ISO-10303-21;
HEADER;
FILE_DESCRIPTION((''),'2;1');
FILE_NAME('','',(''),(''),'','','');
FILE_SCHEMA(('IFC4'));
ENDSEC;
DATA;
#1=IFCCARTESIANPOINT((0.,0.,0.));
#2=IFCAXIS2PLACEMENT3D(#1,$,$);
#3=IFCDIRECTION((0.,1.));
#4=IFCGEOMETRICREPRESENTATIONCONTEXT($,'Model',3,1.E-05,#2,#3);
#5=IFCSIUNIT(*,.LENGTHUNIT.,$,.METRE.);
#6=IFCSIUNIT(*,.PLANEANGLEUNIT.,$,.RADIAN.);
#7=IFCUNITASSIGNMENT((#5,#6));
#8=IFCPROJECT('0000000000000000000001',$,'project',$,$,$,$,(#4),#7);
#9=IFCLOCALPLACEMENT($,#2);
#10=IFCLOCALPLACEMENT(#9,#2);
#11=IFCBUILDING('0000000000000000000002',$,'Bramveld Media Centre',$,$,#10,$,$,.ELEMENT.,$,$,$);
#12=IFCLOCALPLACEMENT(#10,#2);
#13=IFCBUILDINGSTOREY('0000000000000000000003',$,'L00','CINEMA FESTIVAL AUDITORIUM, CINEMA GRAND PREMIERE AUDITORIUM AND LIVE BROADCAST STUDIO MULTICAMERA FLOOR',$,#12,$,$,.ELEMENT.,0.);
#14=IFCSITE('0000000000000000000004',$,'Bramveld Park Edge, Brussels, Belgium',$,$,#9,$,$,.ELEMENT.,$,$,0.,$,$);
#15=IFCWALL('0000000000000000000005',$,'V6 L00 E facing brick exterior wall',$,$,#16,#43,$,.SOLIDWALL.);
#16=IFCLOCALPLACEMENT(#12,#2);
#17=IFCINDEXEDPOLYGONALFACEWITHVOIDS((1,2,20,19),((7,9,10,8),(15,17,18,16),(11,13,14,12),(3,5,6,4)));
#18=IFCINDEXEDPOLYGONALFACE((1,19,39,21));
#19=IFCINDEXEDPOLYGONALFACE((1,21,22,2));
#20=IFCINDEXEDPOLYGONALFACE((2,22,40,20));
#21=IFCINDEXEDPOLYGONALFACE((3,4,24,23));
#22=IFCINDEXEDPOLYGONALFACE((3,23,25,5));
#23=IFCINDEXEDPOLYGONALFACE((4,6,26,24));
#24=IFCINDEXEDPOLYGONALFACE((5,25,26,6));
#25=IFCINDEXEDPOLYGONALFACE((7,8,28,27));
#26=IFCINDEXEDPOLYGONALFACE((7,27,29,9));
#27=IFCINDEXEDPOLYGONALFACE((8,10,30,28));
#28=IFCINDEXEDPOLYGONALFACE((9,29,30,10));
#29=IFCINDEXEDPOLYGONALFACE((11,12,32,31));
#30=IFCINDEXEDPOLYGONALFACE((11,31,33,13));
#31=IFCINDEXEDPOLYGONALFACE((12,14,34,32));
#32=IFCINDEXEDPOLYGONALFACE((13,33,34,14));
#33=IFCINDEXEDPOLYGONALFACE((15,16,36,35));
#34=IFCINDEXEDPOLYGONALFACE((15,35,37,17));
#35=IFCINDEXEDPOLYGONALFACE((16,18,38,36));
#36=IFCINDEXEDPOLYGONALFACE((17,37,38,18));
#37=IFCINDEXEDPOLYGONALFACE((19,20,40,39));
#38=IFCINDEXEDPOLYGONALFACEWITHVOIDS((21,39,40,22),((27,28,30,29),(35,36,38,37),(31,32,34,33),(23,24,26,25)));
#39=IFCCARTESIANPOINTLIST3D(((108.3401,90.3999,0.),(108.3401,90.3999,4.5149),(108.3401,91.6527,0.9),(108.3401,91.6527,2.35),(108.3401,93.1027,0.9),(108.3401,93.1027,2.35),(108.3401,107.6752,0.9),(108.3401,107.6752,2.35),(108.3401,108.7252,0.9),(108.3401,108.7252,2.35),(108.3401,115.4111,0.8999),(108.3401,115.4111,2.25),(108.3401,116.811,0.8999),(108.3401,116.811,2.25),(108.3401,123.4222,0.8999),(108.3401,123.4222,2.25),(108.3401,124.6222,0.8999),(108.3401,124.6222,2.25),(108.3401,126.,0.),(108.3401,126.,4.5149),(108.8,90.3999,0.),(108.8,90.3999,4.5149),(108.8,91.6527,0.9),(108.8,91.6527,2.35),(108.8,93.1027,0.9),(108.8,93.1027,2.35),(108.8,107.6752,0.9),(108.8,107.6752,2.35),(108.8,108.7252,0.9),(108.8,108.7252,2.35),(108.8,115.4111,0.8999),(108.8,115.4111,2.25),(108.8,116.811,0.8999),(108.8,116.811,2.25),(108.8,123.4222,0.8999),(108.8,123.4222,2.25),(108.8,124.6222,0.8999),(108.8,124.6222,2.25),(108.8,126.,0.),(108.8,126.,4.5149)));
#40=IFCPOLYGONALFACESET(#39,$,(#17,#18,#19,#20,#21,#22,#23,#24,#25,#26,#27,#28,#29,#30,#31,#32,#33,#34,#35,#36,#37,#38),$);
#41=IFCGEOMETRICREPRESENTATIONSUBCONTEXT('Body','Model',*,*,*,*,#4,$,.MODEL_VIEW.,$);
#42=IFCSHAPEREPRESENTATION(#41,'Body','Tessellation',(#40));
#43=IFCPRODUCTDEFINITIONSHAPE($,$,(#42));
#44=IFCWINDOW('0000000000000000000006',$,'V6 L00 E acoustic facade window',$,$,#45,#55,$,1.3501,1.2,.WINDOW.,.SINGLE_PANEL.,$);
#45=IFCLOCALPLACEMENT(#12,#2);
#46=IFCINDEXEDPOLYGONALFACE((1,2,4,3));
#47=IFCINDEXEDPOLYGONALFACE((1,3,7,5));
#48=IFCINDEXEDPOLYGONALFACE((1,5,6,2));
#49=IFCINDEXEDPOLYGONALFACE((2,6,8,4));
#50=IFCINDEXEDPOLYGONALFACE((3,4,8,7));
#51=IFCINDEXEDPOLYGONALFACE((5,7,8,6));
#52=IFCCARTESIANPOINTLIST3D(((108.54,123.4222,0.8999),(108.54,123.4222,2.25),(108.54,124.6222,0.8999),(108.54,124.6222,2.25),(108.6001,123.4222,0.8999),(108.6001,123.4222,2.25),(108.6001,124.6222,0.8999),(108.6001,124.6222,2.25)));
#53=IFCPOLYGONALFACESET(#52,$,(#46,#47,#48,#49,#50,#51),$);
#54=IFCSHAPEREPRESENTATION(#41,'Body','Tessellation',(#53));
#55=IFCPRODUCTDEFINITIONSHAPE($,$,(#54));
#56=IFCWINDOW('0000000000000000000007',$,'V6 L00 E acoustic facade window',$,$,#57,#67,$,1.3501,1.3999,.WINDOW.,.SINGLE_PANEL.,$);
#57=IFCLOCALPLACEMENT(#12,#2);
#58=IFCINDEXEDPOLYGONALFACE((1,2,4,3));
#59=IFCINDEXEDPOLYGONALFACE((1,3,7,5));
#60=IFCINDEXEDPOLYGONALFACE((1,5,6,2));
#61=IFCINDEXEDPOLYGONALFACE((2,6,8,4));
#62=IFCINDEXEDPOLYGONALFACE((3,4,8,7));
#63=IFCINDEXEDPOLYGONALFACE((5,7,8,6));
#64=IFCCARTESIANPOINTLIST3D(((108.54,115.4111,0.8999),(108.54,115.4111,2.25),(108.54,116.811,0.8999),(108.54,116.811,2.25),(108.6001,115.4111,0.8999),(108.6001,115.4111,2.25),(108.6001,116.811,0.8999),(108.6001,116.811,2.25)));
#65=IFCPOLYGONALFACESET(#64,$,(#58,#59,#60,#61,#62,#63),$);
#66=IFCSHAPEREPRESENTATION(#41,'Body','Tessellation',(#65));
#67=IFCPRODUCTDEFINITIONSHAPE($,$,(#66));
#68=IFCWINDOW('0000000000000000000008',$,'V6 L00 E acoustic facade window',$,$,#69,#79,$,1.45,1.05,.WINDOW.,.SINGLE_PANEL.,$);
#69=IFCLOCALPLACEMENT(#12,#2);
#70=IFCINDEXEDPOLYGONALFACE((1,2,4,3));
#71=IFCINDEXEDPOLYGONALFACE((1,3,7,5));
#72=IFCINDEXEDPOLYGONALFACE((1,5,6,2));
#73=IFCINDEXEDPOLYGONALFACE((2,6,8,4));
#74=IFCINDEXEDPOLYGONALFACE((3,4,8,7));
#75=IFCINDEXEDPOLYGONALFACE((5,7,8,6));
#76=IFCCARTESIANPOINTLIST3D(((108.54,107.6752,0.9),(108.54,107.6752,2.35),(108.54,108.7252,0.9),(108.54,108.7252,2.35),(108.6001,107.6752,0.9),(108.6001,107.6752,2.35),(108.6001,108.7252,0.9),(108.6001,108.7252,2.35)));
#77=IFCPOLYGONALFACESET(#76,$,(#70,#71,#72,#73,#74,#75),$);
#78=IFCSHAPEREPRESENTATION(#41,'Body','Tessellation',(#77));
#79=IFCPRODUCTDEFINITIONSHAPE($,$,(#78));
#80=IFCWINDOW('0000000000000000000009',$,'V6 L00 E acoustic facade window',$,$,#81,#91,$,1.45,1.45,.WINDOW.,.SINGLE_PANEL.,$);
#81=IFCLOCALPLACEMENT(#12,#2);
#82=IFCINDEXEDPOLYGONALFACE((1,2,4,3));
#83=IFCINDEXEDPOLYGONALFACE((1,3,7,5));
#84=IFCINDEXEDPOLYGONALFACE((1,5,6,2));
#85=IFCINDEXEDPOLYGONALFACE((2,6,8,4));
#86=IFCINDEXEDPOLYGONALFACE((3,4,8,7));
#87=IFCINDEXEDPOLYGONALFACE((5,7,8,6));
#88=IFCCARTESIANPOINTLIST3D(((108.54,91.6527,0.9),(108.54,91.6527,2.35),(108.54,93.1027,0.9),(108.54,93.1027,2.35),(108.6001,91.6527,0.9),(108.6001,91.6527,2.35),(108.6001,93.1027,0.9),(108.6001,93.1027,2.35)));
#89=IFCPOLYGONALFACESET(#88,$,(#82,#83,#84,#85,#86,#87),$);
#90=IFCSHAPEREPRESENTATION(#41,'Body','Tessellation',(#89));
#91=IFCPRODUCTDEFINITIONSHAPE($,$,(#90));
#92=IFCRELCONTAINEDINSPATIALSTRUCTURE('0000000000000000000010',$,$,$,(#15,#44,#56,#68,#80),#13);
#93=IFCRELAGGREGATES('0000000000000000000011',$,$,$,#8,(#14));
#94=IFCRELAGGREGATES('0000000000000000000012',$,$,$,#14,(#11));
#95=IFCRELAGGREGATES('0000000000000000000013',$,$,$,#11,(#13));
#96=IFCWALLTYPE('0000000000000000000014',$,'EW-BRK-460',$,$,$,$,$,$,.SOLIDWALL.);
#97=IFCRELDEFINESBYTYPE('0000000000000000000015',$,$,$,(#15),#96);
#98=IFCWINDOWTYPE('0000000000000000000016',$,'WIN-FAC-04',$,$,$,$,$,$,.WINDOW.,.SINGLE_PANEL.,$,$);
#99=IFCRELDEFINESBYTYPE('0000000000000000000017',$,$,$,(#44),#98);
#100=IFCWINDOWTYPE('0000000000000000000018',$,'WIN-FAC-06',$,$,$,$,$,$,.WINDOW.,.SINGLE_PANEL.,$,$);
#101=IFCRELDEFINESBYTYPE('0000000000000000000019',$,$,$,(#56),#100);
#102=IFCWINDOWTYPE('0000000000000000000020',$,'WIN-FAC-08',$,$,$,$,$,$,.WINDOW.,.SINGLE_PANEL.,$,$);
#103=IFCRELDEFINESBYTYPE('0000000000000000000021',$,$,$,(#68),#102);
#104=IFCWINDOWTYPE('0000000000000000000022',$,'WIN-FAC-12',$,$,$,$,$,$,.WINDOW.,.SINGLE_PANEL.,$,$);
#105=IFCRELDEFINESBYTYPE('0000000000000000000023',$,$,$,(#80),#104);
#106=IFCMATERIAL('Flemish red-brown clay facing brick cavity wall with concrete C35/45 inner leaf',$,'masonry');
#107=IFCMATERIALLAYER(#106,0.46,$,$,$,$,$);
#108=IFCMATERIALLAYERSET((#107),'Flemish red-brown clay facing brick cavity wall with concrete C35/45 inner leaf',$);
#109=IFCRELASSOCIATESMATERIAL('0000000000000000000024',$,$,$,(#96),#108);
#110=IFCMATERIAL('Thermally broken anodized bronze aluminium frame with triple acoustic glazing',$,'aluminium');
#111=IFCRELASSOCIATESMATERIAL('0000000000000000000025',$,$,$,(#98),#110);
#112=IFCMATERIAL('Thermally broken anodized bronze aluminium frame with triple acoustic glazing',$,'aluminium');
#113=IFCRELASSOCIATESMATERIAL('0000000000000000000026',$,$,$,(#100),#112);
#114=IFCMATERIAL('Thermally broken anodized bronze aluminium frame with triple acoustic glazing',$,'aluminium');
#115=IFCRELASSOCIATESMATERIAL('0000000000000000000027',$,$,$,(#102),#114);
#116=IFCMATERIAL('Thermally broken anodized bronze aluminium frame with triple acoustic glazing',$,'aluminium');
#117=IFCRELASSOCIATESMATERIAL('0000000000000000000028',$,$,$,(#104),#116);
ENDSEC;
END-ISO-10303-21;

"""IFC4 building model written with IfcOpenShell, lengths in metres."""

from ifc_helpers import new_model, si_unit, direction, frame, frame_2d, origin, place, context, subcontext, project, spatial, rectangle, extrude, material, layer, layer_set, type_object, element, fill, save


model = new_model("IFC4")

# Units and contexts
model_context = context("Model", 3, precision=1e-05, world=origin(), true_north=direction((0.0, 1.0)))
body_context = subcontext(model_context, "Body", "Model", "MODEL_VIEW")
ifc_project = project(units=[si_unit("LENGTHUNIT", "METRE"), si_unit("PLANEANGLEUNIT", "RADIAN")], contexts=[model_context])

# Site, building, storey
site_placement = place(None, origin())
site = spatial("IfcSite", under=ifc_project, at=site_placement, Name="Bramveld Park Edge, Brussels, Belgium", CompositionType="ELEMENT", RefElevation=0.0)
building_placement = place(site_placement, origin())
building = spatial("IfcBuilding", under=site, at=building_placement, Name="Bramveld Media Centre", CompositionType="ELEMENT")
storey_placement = place(building_placement, origin())
storey = spatial("IfcBuildingStorey", under=building, at=storey_placement, Name="L00", Description="CINEMA FESTIVAL AUDITORIUM, CINEMA GRAND PREMIERE AUDITORIUM AND LIVE BROADCAST STUDIO MULTICAMERA FLOOR", CompositionType="ELEMENT", Elevation=0.0)

# Wall, openings, windows
ifc_material_1 = material(Name="Flemish red-brown clay facing brick cavity wall with concrete C35/45 inner leaf", Category="masonry")
ifc_layer = layer(ifc_material_1, 0.46)
ifc_layer_set = layer_set([ifc_layer], Name="Flemish red-brown clay facing brick cavity wall with concrete C35/45 inner leaf")
wall_type = type_object("IfcWallType", Name="EW-BRK-460", PredefinedType="SOLIDWALL", material=ifc_layer_set)
wall_placement = place(storey_placement, frame((108.5701, 126.0, 0.0), z_axis=(0.0, 0.0, 1.0), x_axis=(0.0, -1.0, 0.0)))
wall = element("IfcWall", 1, at=wall_placement, inside=storey, type_object=wall_type, Name="V6 L00 E facing brick exterior wall", PredefinedType="SOLIDWALL", context=body_context, shape_type="SweptSolid", body=[
    extrude(rectangle(XDim=35.6001, YDim=0.46, at=frame_2d((17.8, 0.0))), origin(), (0.0, 0.0, 1.0), 4.5149),
])
opening_1_placement = place(wall_placement, frame((1.3777, 0.0, 0.8999)))
opening_1 = element("IfcOpeningElement", 2, at=opening_1_placement, cuts=wall, PredefinedType="OPENING", context=body_context, shape_type="SweptSolid", body=[
    extrude(rectangle(XDim=1.2, YDim=1.3501, at=frame_2d((0.6001, 0.675))), frame((0.0, 0.2419, 0.0), z_axis=(0.0, -1.0, 0.0), x_axis=(1.0, 0.0, 0.0)), (0.0, 0.0, 1.0), 0.4839),
])
opening_2_placement = place(wall_placement, frame((9.189, 0.0, 0.8999)))
opening_2 = element("IfcOpeningElement", 3, at=opening_2_placement, cuts=wall, PredefinedType="OPENING", context=body_context, shape_type="SweptSolid", body=[
    extrude(rectangle(XDim=1.3999, YDim=1.3501, at=frame_2d((0.7, 0.675))), frame((0.0, 0.2419, 0.0), z_axis=(0.0, -1.0, 0.0), x_axis=(1.0, 0.0, 0.0)), (0.0, 0.0, 1.0), 0.4839),
])
opening_3_placement = place(wall_placement, frame((17.2749, 0.0, 0.8999)))
opening_3 = element("IfcOpeningElement", 4, at=opening_3_placement, cuts=wall, PredefinedType="OPENING", context=body_context, shape_type="SweptSolid", body=[
    extrude(rectangle(XDim=1.05, YDim=1.45, at=frame_2d((0.5249, 0.7251))), frame((0.0, 0.2419, 0.0), z_axis=(0.0, -1.0, 0.0), x_axis=(1.0, 0.0, 0.0)), (0.0, 0.0, 1.0), 0.4839),
])
opening_4_placement = place(wall_placement, frame((32.8972, 0.0, 0.8999)))
opening_4 = element("IfcOpeningElement", 5, at=opening_4_placement, cuts=wall, PredefinedType="OPENING", context=body_context, shape_type="SweptSolid", body=[
    extrude(rectangle(XDim=1.45, YDim=1.45, at=frame_2d((0.7251, 0.7251))), frame((0.0, 0.2419, 0.0), z_axis=(0.0, -1.0, 0.0), x_axis=(1.0, 0.0, 0.0)), (0.0, 0.0, 1.0), 0.4839),
])
ifc_material_2 = material(Name="Thermally broken anodized bronze aluminium frame with triple acoustic glazing", Category="aluminium")
window_type_1 = type_object("IfcWindowType", Name="WIN-FAC-04", PartitioningType="SINGLE_PANEL", PredefinedType="WINDOW", material=ifc_material_2)
window_1_placement = place(opening_1_placement, origin())
window_1 = element("IfcWindow", 6, at=window_1_placement, inside=storey, type_object=window_type_1, Name="V6 L00 E acoustic facade window", OverallHeight=1.3501, OverallWidth=1.2, PartitioningType="SINGLE_PANEL", PredefinedType="WINDOW", context=body_context, shape_type="SweptSolid", body=[
    extrude(rectangle(XDim=1.2, YDim=1.3501, at=frame_2d((0.6001, 0.675))), frame((0.0, 0.03, 0.0), z_axis=(0.0, -1.0, 0.0), x_axis=(1.0, 0.0, 0.0)), (0.0, 0.0, 1.0), 0.0601),
])
fill(opening_1, window_1)
ifc_material_3 = material(Name="Thermally broken anodized bronze aluminium frame with triple acoustic glazing", Category="aluminium")
window_type_2 = type_object("IfcWindowType", Name="WIN-FAC-06", PartitioningType="SINGLE_PANEL", PredefinedType="WINDOW", material=ifc_material_3)
window_2_placement = place(opening_2_placement, origin())
window_2 = element("IfcWindow", 7, at=window_2_placement, inside=storey, type_object=window_type_2, Name="V6 L00 E acoustic facade window", OverallHeight=1.3501, OverallWidth=1.3999, PartitioningType="SINGLE_PANEL", PredefinedType="WINDOW", context=body_context, shape_type="SweptSolid", body=[
    extrude(rectangle(XDim=1.3999, YDim=1.3501, at=frame_2d((0.7, 0.675))), frame((0.0, 0.03, 0.0), z_axis=(0.0, -1.0, 0.0), x_axis=(1.0, 0.0, 0.0)), (0.0, 0.0, 1.0), 0.0601),
])
fill(opening_2, window_2)
ifc_material_4 = material(Name="Thermally broken anodized bronze aluminium frame with triple acoustic glazing", Category="aluminium")
window_type_3 = type_object("IfcWindowType", Name="WIN-FAC-08", PartitioningType="SINGLE_PANEL", PredefinedType="WINDOW", material=ifc_material_4)
window_3_placement = place(opening_3_placement, origin())
window_3 = element("IfcWindow", 8, at=window_3_placement, inside=storey, type_object=window_type_3, Name="V6 L00 E acoustic facade window", OverallHeight=1.45, OverallWidth=1.05, PartitioningType="SINGLE_PANEL", PredefinedType="WINDOW", context=body_context, shape_type="SweptSolid", body=[
    extrude(rectangle(XDim=1.05, YDim=1.45, at=frame_2d((0.5249, 0.7251))), frame((0.0, 0.03, 0.0), z_axis=(0.0, -1.0, 0.0), x_axis=(1.0, 0.0, 0.0)), (0.0, 0.0, 1.0), 0.0601),
])
fill(opening_3, window_3)
ifc_material_5 = material(Name="Thermally broken anodized bronze aluminium frame with triple acoustic glazing", Category="aluminium")
window_type_4 = type_object("IfcWindowType", Name="WIN-FAC-12", PartitioningType="SINGLE_PANEL", PredefinedType="WINDOW", material=ifc_material_5)
window_4_placement = place(opening_4_placement, origin())
window_4 = element("IfcWindow", 9, at=window_4_placement, inside=storey, type_object=window_type_4, Name="V6 L00 E acoustic facade window", OverallHeight=1.45, OverallWidth=1.45, PartitioningType="SINGLE_PANEL", PredefinedType="WINDOW", context=body_context, shape_type="SweptSolid", body=[
    extrude(rectangle(XDim=1.45, YDim=1.45, at=frame_2d((0.7251, 0.7251))), frame((0.0, 0.03, 0.0), z_axis=(0.0, -1.0, 0.0), x_axis=(1.0, 0.0, 0.0)), (0.0, 0.0, 1.0), 0.0601),
])
fill(opening_4, window_4)

save(model, "model.ifc")
